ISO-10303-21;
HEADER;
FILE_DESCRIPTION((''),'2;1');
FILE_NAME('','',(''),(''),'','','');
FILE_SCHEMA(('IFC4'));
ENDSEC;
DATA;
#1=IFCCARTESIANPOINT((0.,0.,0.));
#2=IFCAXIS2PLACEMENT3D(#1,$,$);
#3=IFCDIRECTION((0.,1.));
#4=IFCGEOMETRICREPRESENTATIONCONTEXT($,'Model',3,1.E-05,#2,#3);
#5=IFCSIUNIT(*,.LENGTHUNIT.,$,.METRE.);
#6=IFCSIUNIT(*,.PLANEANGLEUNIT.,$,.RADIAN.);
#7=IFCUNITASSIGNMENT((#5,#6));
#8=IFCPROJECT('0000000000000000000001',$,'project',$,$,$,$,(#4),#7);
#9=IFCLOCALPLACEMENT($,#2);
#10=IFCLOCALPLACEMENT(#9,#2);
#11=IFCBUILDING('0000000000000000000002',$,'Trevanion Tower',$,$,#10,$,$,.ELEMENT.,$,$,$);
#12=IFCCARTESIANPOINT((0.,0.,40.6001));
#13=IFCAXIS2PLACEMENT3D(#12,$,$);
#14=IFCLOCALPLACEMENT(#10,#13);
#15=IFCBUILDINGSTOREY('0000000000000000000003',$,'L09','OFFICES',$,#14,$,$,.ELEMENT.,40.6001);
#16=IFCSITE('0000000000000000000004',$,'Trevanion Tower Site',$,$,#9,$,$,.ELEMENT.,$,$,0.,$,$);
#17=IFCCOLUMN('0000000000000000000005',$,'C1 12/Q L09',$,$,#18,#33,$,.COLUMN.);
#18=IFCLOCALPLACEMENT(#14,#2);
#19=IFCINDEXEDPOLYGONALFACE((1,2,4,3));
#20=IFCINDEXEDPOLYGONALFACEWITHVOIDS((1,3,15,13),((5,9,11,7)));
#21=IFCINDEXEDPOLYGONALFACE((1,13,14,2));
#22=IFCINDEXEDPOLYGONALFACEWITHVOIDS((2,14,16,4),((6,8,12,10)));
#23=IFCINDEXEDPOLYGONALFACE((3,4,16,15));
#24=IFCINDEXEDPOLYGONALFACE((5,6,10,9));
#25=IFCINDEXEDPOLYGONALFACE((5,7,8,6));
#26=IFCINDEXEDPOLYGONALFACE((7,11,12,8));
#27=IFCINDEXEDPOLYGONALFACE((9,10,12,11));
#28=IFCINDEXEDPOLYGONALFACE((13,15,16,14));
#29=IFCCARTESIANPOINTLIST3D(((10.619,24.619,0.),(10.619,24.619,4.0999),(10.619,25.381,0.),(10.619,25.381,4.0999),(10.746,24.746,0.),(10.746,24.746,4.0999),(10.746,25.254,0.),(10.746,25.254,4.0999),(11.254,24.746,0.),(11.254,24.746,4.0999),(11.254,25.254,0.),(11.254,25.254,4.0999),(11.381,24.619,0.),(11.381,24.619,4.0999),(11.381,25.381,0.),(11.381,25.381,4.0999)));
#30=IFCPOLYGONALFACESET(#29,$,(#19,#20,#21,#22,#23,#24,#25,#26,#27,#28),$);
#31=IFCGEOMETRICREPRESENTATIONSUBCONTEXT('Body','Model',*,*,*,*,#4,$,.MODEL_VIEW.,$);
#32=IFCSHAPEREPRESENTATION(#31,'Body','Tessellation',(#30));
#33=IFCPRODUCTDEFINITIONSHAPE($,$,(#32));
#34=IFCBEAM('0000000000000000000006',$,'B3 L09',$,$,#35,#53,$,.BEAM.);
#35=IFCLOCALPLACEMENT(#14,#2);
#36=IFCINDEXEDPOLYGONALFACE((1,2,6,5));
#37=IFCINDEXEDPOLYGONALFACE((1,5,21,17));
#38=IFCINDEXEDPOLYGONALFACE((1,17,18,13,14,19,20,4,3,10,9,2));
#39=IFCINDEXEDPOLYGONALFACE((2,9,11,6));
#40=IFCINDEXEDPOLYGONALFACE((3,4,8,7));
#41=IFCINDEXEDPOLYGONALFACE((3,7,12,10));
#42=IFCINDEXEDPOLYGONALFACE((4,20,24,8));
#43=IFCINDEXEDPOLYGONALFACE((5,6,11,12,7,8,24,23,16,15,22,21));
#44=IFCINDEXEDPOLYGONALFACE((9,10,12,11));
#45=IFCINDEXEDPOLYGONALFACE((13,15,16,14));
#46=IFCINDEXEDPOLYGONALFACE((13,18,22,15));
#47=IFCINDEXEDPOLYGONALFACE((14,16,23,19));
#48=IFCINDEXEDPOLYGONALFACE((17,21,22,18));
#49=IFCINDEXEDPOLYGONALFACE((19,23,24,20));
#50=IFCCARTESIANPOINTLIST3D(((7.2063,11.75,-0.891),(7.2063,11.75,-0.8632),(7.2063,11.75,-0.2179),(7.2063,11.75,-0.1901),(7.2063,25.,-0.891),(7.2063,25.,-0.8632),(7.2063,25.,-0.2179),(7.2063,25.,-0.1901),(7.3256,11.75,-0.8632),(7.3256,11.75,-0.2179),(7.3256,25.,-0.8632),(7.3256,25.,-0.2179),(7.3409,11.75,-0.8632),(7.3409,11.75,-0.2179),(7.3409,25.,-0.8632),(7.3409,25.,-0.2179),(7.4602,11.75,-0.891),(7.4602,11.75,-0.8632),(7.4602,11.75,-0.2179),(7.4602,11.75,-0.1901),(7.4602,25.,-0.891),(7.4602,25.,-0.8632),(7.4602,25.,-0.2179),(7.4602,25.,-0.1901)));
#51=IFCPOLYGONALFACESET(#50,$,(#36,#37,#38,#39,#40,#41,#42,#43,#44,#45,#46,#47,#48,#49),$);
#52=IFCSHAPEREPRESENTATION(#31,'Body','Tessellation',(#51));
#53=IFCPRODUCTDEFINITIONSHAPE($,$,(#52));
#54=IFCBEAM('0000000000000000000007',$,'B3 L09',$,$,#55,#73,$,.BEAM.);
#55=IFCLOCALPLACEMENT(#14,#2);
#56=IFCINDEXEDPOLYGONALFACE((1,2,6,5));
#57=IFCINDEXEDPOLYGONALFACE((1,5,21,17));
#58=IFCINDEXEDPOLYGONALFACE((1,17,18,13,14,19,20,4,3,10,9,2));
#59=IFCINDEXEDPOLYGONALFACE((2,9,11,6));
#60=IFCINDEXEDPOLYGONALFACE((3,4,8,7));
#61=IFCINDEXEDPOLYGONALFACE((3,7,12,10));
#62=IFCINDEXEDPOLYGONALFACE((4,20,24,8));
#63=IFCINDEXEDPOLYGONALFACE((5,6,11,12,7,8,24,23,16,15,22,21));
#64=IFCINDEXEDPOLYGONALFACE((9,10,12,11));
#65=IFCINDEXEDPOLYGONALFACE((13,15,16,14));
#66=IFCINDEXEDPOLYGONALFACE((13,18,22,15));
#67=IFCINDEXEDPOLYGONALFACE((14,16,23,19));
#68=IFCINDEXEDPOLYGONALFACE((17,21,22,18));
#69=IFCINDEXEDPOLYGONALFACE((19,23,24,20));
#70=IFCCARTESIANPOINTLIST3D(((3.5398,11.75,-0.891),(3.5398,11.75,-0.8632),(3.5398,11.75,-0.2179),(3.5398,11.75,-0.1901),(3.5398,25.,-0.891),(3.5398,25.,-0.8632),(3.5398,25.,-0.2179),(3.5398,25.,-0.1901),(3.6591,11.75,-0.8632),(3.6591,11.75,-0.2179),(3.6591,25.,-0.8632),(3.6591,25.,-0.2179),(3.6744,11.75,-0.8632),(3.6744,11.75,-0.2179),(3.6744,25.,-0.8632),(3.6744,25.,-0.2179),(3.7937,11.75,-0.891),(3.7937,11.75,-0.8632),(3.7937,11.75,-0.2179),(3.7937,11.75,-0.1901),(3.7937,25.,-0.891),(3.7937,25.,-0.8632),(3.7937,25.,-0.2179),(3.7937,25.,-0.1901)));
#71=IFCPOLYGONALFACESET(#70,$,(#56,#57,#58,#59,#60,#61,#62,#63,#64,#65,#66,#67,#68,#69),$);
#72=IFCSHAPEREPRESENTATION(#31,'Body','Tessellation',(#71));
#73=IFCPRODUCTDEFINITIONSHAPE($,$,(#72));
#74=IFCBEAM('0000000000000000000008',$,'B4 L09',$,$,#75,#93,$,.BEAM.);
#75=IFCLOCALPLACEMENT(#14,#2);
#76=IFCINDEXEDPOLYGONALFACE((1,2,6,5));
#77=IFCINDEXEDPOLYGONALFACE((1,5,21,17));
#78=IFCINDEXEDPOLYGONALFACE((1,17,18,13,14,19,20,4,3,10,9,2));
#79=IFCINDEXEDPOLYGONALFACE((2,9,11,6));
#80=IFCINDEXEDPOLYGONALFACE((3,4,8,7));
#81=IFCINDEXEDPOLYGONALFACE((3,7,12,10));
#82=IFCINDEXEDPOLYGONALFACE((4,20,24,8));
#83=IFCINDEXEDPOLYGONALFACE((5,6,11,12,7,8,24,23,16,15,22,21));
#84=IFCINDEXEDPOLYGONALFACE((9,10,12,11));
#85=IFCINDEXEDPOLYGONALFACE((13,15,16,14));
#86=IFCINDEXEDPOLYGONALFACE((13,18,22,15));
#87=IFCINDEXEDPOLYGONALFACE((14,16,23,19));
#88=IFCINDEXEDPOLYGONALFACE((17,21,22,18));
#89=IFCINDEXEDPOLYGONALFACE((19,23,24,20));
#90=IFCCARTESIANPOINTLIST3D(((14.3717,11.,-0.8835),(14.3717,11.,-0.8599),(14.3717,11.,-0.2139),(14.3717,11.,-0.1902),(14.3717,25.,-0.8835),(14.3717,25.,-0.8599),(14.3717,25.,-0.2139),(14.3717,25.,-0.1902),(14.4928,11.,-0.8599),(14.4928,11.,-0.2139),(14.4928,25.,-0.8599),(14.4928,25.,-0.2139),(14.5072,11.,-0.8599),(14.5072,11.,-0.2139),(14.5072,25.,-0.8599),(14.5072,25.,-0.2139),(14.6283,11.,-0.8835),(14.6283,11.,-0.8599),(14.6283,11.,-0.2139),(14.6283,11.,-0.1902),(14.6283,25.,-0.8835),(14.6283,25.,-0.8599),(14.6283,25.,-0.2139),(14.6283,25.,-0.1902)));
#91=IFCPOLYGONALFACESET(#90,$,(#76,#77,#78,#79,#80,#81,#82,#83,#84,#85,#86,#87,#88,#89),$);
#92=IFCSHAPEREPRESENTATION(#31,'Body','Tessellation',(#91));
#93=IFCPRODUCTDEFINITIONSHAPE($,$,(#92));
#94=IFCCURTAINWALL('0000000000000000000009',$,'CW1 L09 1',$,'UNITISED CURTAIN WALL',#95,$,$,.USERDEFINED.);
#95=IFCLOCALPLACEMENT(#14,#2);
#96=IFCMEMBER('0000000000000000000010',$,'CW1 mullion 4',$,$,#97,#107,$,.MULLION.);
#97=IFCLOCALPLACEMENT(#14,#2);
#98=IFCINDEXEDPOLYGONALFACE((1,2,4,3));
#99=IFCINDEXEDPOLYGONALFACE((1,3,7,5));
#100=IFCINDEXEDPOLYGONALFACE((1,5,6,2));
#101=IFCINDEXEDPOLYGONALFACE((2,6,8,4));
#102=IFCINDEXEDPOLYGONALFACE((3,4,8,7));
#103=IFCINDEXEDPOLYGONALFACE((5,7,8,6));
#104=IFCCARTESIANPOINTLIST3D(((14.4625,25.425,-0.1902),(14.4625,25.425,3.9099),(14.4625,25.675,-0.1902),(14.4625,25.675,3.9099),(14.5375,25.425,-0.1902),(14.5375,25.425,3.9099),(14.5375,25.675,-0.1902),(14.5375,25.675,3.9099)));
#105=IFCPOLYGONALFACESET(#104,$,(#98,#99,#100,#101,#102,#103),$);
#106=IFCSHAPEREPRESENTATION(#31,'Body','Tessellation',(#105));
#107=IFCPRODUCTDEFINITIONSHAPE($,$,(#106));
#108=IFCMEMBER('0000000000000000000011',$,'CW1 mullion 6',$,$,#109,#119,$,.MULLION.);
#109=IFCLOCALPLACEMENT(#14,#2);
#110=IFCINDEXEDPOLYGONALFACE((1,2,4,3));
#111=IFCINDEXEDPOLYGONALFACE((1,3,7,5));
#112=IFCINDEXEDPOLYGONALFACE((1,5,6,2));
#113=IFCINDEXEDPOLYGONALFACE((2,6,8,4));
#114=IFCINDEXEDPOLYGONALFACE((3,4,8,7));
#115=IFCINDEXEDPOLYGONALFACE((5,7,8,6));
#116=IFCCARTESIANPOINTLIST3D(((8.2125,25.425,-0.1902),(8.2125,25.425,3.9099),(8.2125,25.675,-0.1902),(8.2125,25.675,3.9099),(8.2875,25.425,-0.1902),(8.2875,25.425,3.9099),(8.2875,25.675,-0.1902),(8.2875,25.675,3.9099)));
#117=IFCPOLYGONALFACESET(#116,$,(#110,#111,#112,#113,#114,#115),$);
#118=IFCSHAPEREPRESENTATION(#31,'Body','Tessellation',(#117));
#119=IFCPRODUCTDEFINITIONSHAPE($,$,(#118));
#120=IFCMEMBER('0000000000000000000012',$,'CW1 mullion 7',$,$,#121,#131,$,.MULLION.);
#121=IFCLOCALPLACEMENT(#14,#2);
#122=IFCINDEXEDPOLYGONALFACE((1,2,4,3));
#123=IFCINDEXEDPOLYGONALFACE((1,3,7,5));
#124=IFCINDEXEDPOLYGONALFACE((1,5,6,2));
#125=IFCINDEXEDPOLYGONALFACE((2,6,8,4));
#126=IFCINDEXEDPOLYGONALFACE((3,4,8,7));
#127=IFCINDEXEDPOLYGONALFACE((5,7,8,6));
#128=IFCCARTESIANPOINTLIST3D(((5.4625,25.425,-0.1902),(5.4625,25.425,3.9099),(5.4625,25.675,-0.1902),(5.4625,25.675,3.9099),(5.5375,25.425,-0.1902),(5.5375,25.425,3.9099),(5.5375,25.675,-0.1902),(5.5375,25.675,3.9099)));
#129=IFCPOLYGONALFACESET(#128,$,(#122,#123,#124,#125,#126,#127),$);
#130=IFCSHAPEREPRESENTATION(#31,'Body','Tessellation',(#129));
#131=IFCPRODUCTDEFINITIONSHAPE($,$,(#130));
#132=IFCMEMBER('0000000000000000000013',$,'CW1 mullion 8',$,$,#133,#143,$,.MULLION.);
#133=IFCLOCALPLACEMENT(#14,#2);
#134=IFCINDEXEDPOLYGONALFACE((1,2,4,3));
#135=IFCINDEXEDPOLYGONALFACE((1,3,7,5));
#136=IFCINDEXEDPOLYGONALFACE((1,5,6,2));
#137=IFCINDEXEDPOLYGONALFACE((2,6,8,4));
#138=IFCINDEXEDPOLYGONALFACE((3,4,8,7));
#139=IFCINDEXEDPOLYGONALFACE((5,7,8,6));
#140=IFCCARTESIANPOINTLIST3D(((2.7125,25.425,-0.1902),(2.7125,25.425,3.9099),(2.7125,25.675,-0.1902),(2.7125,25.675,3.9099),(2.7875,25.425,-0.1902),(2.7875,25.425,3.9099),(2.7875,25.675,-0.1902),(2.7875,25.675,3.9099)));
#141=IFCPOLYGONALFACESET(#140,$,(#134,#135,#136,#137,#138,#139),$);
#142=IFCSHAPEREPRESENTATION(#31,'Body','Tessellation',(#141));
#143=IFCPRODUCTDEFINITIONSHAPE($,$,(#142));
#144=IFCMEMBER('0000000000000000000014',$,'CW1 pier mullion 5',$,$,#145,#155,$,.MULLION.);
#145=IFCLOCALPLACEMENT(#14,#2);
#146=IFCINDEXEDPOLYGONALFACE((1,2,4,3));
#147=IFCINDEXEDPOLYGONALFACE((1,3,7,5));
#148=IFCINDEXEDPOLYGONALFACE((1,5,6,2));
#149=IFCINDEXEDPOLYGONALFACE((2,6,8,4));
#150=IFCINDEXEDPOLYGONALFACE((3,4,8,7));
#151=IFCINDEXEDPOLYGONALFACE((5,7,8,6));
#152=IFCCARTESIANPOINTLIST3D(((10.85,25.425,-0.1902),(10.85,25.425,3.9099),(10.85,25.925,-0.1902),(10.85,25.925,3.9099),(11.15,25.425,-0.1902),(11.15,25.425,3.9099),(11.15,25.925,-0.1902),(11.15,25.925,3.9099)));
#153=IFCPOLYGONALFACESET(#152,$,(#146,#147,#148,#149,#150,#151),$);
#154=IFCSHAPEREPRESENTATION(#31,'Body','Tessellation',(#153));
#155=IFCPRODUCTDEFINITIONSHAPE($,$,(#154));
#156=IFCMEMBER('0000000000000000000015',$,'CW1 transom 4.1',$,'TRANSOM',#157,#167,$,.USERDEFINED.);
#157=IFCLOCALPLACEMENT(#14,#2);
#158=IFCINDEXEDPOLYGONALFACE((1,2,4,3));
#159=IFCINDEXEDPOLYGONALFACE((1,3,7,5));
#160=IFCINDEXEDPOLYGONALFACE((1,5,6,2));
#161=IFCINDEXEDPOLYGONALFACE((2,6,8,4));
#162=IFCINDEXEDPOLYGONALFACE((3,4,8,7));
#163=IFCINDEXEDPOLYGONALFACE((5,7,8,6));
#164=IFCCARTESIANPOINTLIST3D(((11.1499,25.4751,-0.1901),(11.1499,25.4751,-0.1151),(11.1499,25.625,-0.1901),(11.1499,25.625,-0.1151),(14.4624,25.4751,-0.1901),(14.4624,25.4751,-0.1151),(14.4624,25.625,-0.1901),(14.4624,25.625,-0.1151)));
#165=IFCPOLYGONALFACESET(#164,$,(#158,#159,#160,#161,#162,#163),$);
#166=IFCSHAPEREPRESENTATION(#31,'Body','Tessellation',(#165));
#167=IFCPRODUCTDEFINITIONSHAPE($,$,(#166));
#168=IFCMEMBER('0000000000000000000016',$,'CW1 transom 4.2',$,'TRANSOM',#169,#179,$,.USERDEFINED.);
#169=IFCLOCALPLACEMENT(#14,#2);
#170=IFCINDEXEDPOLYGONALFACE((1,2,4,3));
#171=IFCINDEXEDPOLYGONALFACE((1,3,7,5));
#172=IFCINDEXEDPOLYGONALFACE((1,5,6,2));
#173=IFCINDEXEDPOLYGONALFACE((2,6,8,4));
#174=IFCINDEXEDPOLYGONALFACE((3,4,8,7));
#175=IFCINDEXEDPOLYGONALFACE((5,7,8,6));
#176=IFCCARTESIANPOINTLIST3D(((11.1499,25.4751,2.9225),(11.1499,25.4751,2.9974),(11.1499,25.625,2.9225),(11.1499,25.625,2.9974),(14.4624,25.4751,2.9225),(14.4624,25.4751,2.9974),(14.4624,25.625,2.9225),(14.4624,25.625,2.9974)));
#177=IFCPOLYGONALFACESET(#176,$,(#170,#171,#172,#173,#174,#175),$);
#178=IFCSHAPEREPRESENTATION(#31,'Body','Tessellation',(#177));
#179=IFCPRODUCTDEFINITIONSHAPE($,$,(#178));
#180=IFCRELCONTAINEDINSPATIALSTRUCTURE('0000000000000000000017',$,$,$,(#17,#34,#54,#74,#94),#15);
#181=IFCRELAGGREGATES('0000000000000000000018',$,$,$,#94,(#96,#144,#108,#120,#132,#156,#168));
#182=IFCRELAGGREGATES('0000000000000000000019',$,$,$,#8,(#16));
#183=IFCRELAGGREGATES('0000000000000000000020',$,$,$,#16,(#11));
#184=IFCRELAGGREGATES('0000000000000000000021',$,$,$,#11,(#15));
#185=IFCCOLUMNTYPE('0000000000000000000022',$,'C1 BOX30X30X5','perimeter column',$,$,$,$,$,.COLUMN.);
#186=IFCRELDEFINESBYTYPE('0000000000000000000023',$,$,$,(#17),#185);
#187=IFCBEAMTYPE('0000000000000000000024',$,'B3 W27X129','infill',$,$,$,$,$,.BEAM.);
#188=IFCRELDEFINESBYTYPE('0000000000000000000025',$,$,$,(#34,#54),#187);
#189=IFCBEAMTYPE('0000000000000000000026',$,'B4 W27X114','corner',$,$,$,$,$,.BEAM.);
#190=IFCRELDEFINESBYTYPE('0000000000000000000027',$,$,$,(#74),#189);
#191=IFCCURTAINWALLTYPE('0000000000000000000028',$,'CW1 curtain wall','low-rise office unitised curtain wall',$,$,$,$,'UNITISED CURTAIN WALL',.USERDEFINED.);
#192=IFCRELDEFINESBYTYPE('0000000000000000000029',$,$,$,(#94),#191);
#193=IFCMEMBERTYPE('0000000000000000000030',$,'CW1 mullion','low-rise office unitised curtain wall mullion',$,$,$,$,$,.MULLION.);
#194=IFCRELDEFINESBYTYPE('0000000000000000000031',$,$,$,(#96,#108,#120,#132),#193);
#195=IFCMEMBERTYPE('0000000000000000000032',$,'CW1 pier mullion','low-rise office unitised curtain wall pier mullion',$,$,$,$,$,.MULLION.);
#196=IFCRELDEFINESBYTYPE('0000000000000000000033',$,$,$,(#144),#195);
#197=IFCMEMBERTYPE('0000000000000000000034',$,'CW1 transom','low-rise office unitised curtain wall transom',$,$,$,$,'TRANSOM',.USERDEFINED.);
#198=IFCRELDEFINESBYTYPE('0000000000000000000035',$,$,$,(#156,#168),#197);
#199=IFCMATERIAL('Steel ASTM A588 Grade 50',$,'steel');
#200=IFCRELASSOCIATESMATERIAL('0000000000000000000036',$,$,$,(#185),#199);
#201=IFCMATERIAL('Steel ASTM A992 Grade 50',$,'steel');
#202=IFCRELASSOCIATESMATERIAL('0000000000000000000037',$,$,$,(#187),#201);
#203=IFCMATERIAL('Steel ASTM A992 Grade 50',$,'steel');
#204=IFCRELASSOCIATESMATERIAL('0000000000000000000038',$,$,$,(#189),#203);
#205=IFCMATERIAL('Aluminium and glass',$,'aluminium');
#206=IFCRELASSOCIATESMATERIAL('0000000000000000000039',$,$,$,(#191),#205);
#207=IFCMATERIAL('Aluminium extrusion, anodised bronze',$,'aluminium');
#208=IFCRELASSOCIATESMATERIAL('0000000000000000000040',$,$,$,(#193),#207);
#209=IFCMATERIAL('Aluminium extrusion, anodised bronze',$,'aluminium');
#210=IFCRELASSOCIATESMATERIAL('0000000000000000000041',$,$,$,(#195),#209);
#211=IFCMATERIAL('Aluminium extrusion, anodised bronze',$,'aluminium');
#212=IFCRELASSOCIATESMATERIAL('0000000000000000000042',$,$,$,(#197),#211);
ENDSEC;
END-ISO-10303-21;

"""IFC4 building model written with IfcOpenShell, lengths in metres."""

from ifc_helpers import new_model, si_unit, direction, frame, origin, origin_2d, place, context, subcontext, project, spatial, rectangle, hollow_rectangle, i_section, extrude, material, material_profile, profile_set, type_object, element, aggregate, save


model = new_model("IFC4")

# Units and contexts
model_context = context("Model", 3, precision=1e-05, world=origin(), true_north=direction((0.0, 1.0)))
body_context = subcontext(model_context, "Body", "Model", "MODEL_VIEW")
ifc_project = project(units=[si_unit("LENGTHUNIT", "METRE"), si_unit("PLANEANGLEUNIT", "RADIAN")], contexts=[model_context])

# Site, building, storey
site_placement = place(None, origin())
site = spatial("IfcSite", under=ifc_project, at=site_placement, Name="Trevanion Tower Site", CompositionType="ELEMENT", RefElevation=0.0)
building_placement = place(site_placement, origin())
building = spatial("IfcBuilding", under=site, at=building_placement, Name="Trevanion Tower", CompositionType="ELEMENT")
storey_placement = place(building_placement, frame((0.0, 0.0, 40.6001)))
storey = spatial("IfcBuildingStorey", under=building, at=storey_placement, Name="L09", Description="OFFICES", CompositionType="ELEMENT", Elevation=40.6001)

# Column
ifc_material_1 = material(Name="Steel ASTM A588 Grade 50", Category="steel")
ifc_material_profile_1 = material_profile(ifc_material_1, hollow_rectangle(XDim=0.762, YDim=0.762, WallThickness=0.127, at=origin_2d()), Name="BOX30X30X5")
ifc_profile_set_1 = profile_set([ifc_material_profile_1], Name="Steel ASTM A588 Grade 50")
column_type = type_object("IfcColumnType", Name="C1 BOX30X30X5", Description="perimeter column", PredefinedType="COLUMN", material=ifc_profile_set_1)
column_placement = place(storey_placement, frame((11.0, 25.0, 0.0), z_axis=(0.0, 0.0, 1.0), x_axis=(1.0, 0.0, 0.0)))
element("IfcColumn", 1, at=column_placement, inside=storey, type_object=column_type, Name="C1 12/Q L09", PredefinedType="COLUMN", context=body_context, shape_type="SweptSolid", body=[
    extrude(hollow_rectangle(XDim=0.762, YDim=0.762, WallThickness=0.127, at=origin_2d()), origin(), (0.0, 0.0, 1.0), 4.0999),
])

# Beams
ifc_material_2 = material(Name="Steel ASTM A992 Grade 50", Category="steel")
ifc_material_profile_2 = material_profile(ifc_material_2, i_section(OverallWidth=0.2539, OverallDepth=0.7009, WebThickness=0.0154, FlangeThickness=0.0278, at=origin_2d()), Name="W27X129")
ifc_profile_set_2 = profile_set([ifc_material_profile_2], Name="Steel ASTM A992 Grade 50")
beam_type_1 = type_object("IfcBeamType", Name="B3 W27X129", Description="infill", PredefinedType="BEAM", material=ifc_profile_set_2)
for number, where, z_axis, x_axis, name in (
    (2, (7.3333, 11.75, -0.5405), (0.0, 1.0, 0.0), (-1.0, 0.0, 0.0), "B3 L09"),
    (3, (3.6667, 11.75, -0.5405), (0.0, 1.0, 0.0), (-1.0, 0.0, 0.0), "B3 L09"),
):
    element("IfcBeam", number, at=place(storey_placement, frame(where, z_axis=z_axis, x_axis=x_axis)), inside=storey, type_object=beam_type_1, Name=name, PredefinedType="BEAM", context=body_context, shape_type="SweptSolid", body=[
        extrude(i_section(OverallWidth=0.2539, OverallDepth=0.7009, WebThickness=0.0154, FlangeThickness=0.0278, at=origin_2d()), origin(), (0.0, 0.0, 1.0), 13.25),
    ])
ifc_material_3 = material(Name="Steel ASTM A992 Grade 50", Category="steel")
ifc_material_profile_3 = material_profile(ifc_material_3, i_section(OverallWidth=0.2566, OverallDepth=0.6934, WebThickness=0.0144, FlangeThickness=0.0237, at=origin_2d()), Name="W27X114")
ifc_profile_set_3 = profile_set([ifc_material_profile_3], Name="Steel ASTM A992 Grade 50")
beam_type_2 = type_object("IfcBeamType", Name="B4 W27X114", Description="corner", PredefinedType="BEAM", material=ifc_profile_set_3)
beam_1_placement = place(storey_placement, frame((14.5, 11.0, -0.5369), z_axis=(0.0, 1.0, 0.0), x_axis=(-1.0, 0.0, 0.0)))
element("IfcBeam", 4, at=beam_1_placement, inside=storey, type_object=beam_type_2, Name="B4 L09", PredefinedType="BEAM", context=body_context, shape_type="SweptSolid", body=[
    extrude(i_section(OverallWidth=0.2566, OverallDepth=0.6934, WebThickness=0.0144, FlangeThickness=0.0237, at=origin_2d()), origin(), (0.0, 0.0, 1.0), 14.0),
])

# Curtain wall, members
ifc_material_4 = material(Name="Aluminium and glass", Category="aluminium")
curtain_wall_type = type_object("IfcCurtainWallType", Name="CW1 curtain wall", Description="low-rise office unitised curtain wall", ElementType="UNITISED CURTAIN WALL", PredefinedType="USERDEFINED", material=ifc_material_4)
curtain_wall_placement = place(storey_placement, origin())
curtain_wall = element("IfcCurtainWall", 5, at=curtain_wall_placement, inside=storey, type_object=curtain_wall_type, Name="CW1 L09 1", ObjectType="UNITISED CURTAIN WALL", PredefinedType="USERDEFINED")
ifc_material_5 = material(Name="Aluminium extrusion, anodised bronze", Category="aluminium")
ifc_material_profile_4 = material_profile(ifc_material_5, rectangle(XDim=0.075, YDim=0.25, at=origin_2d()), Name="CW1 mullion")
ifc_profile_set_4 = profile_set([ifc_material_profile_4], Name="Aluminium extrusion, anodised bronze")
member_type_1 = type_object("IfcMemberType", Name="CW1 mullion", Description="low-rise office unitised curtain wall mullion", PredefinedType="MULLION", material=ifc_profile_set_4)
member_1_placement = place(storey_placement, frame((14.5, 25.55, -0.1902), z_axis=(0.0, 0.0, 1.0), x_axis=(-1.0, 0.0, 0.0)))
member_1 = element("IfcMember", 6, at=member_1_placement, type_object=member_type_1, Name="CW1 mullion 4", PredefinedType="MULLION", context=body_context, shape_type="SweptSolid", body=[
    extrude(rectangle(XDim=0.075, YDim=0.25, at=origin_2d()), origin(), (0.0, 0.0, 1.0), 4.1001),
])
member_2_placement = place(storey_placement, frame((8.25, 25.55, -0.1902), z_axis=(0.0, 0.0, 1.0), x_axis=(-1.0, 0.0, 0.0)))
member_2 = element("IfcMember", 7, at=member_2_placement, type_object=member_type_1, Name="CW1 mullion 6", PredefinedType="MULLION", context=body_context, shape_type="SweptSolid", body=[
    extrude(rectangle(XDim=0.075, YDim=0.25, at=origin_2d()), origin(), (0.0, 0.0, 1.0), 4.1001),
])
member_3_placement = place(storey_placement, frame((5.5, 25.55, -0.1902), z_axis=(0.0, 0.0, 1.0), x_axis=(-1.0, 0.0, 0.0)))
member_3 = element("IfcMember", 8, at=member_3_placement, type_object=member_type_1, Name="CW1 mullion 7", PredefinedType="MULLION", context=body_context, shape_type="SweptSolid", body=[
    extrude(rectangle(XDim=0.075, YDim=0.25, at=origin_2d()), origin(), (0.0, 0.0, 1.0), 4.1001),
])
member_4_placement = place(storey_placement, frame((2.75, 25.55, -0.1902), z_axis=(0.0, 0.0, 1.0), x_axis=(-1.0, 0.0, 0.0)))
member_4 = element("IfcMember", 9, at=member_4_placement, type_object=member_type_1, Name="CW1 mullion 8", PredefinedType="MULLION", context=body_context, shape_type="SweptSolid", body=[
    extrude(rectangle(XDim=0.075, YDim=0.25, at=origin_2d()), origin(), (0.0, 0.0, 1.0), 4.1001),
])
ifc_material_6 = material(Name="Aluminium extrusion, anodised bronze", Category="aluminium")
ifc_material_profile_5 = material_profile(ifc_material_6, rectangle(XDim=0.3, YDim=0.5, at=origin_2d()), Name="CW1 pier mullion")
ifc_profile_set_5 = profile_set([ifc_material_profile_5], Name="Aluminium extrusion, anodised bronze")
member_type_2 = type_object("IfcMemberType", Name="CW1 pier mullion", Description="low-rise office unitised curtain wall pier mullion", PredefinedType="MULLION", material=ifc_profile_set_5)
member_5_placement = place(storey_placement, frame((11.0, 25.675, -0.1902), z_axis=(0.0, 0.0, 1.0), x_axis=(-1.0, 0.0, 0.0)))
member_5 = element("IfcMember", 10, at=member_5_placement, type_object=member_type_2, Name="CW1 pier mullion 5", PredefinedType="MULLION", context=body_context, shape_type="SweptSolid", body=[
    extrude(rectangle(XDim=0.3, YDim=0.5, at=origin_2d()), origin(), (0.0, 0.0, 1.0), 4.1001),
])
ifc_material_7 = material(Name="Aluminium extrusion, anodised bronze", Category="aluminium")
ifc_material_profile_6 = material_profile(ifc_material_7, rectangle(XDim=0.1499, YDim=0.075, at=origin_2d()), Name="CW1 transom")
ifc_profile_set_6 = profile_set([ifc_material_profile_6], Name="Aluminium extrusion, anodised bronze")
member_type_3 = type_object("IfcMemberType", Name="CW1 transom", Description="low-rise office unitised curtain wall transom", ElementType="TRANSOM", PredefinedType="USERDEFINED", material=ifc_profile_set_6)
member_6_placement = place(storey_placement, frame((14.4624, 25.55, -0.1526), z_axis=(-1.0, 0.0, 0.0), x_axis=(0.0, -1.0, 0.0)))
member_6 = element("IfcMember", 11, at=member_6_placement, type_object=member_type_3, Name="CW1 transom 4.1", ObjectType="TRANSOM", PredefinedType="USERDEFINED", context=body_context, shape_type="SweptSolid", body=[
    extrude(rectangle(XDim=0.1499, YDim=0.075, at=origin_2d()), origin(), (0.0, 0.0, 1.0), 3.3125),
])
member_7_placement = place(storey_placement, frame((14.4624, 25.55, 2.96), z_axis=(-1.0, 0.0, 0.0), x_axis=(0.0, -1.0, 0.0)))
member_7 = element("IfcMember", 12, at=member_7_placement, type_object=member_type_3, Name="CW1 transom 4.2", ObjectType="TRANSOM", PredefinedType="USERDEFINED", context=body_context, shape_type="SweptSolid", body=[
    extrude(rectangle(XDim=0.1499, YDim=0.075, at=origin_2d()), origin(), (0.0, 0.0, 1.0), 3.3125),
])

aggregate(curtain_wall, [member_1, member_5, member_2, member_3, member_4, member_6, member_7])

save(model, "model.ifc")
